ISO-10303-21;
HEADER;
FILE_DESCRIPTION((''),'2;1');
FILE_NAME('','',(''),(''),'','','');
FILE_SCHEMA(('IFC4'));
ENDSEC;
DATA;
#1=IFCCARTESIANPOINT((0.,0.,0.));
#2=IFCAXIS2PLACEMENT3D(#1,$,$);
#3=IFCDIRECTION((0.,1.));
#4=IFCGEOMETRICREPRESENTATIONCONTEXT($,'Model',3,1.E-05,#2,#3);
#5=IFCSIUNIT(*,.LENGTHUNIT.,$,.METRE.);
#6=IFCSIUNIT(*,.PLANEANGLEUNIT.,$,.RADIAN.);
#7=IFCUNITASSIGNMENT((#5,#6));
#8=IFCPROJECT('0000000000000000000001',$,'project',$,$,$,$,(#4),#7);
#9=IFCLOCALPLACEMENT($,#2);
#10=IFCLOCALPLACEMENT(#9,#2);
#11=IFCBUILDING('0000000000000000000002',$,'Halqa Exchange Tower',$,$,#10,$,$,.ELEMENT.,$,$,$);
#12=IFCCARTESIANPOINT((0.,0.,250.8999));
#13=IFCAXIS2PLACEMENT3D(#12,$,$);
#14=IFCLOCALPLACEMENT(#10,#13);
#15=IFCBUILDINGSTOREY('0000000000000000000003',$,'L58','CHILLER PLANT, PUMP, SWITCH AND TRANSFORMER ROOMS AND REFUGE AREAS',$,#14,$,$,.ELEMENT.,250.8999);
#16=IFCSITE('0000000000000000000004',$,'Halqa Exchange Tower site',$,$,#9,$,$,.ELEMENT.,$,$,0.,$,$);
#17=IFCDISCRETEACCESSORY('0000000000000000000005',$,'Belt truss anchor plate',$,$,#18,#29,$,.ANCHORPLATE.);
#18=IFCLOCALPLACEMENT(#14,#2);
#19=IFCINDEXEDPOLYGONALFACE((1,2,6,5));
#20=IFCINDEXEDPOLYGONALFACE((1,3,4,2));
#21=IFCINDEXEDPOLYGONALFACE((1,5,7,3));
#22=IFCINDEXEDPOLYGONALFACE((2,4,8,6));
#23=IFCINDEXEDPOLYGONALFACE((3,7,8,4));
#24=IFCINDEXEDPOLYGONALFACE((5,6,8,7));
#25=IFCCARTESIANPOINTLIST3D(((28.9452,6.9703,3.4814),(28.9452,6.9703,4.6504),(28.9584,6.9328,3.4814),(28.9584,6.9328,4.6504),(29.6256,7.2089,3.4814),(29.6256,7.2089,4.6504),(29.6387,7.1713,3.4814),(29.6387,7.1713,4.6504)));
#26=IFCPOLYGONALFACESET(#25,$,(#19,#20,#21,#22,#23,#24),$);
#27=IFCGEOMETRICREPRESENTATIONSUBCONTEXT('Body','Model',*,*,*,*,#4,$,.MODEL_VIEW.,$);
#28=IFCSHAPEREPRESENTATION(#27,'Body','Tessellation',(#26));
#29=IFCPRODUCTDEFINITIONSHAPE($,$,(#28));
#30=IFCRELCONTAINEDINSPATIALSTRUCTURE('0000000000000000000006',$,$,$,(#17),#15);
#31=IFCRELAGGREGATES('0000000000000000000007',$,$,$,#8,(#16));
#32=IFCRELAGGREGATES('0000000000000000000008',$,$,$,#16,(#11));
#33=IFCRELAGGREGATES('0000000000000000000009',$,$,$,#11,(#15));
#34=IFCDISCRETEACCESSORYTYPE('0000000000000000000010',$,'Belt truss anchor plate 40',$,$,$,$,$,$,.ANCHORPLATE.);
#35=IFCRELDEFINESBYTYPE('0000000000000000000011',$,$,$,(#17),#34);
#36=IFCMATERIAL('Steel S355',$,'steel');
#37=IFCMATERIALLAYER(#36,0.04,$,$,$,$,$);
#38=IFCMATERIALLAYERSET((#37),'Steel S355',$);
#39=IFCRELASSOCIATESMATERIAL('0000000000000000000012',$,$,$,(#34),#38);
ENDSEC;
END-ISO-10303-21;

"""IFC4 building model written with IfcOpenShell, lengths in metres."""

from ifc_helpers import new_model, si_unit, direction, frame, origin, origin_2d, place, context, subcontext, project, spatial, rectangle, extrude, material, layer, layer_set, type_object, element, save


model = new_model("IFC4")

# Units and contexts
model_context = context("Model", 3, precision=1e-05, world=origin(), true_north=direction((0.0, 1.0)))
body_context = subcontext(model_context, "Body", "Model", "MODEL_VIEW")
ifc_project = project(units=[si_unit("LENGTHUNIT", "METRE"), si_unit("PLANEANGLEUNIT", "RADIAN")], contexts=[model_context])

# Site, building, storey
site_placement = place(None, origin())
site = spatial("IfcSite", under=ifc_project, at=site_placement, Name="Halqa Exchange Tower site", CompositionType="ELEMENT", RefElevation=0.0)
building_placement = place(site_placement, origin())
building = spatial("IfcBuilding", under=site, at=building_placement, Name="Halqa Exchange Tower", CompositionType="ELEMENT")
storey_placement = place(building_placement, frame((0.0, 0.0, 250.8999)))
storey = spatial("IfcBuildingStorey", under=building, at=storey_placement, Name="L58", Description="CHILLER PLANT, PUMP, SWITCH AND TRANSFORMER ROOMS AND REFUGE AREAS", CompositionType="ELEMENT", Elevation=250.8999)

# Shared definitions
ifc_material_1 = material(Name="Steel S355", Category="steel")

# Discrete accessory
ifc_layer_1 = layer(ifc_material_1, 0.04)
ifc_layer_set_1 = layer_set([ifc_layer_1], Name="Steel S355")
discrete_accessory_type = type_object("IfcDiscreteAccessoryType", Name="Belt truss anchor plate 40", PredefinedType="ANCHORPLATE", material=ifc_layer_set_1)
discrete_accessory_1_placement = place(storey_placement, frame((29.2854, 7.0896, 4.0659), z_axis=(0.330896, -0.943667, 0.0), x_axis=(0.943667, 0.330896, 0.0)))
element("IfcDiscreteAccessory", 1, at=discrete_accessory_1_placement, inside=storey, type_object=discrete_accessory_type, Name="Belt truss anchor plate", PredefinedType="ANCHORPLATE", context=body_context, shape_type="SweptSolid", body=[
    extrude(rectangle(XDim=0.7209, YDim=1.1689, at=origin_2d()), origin(), (0.0, 0.0, 1.0), 0.0398),
])

save(model, "model.ifc")
